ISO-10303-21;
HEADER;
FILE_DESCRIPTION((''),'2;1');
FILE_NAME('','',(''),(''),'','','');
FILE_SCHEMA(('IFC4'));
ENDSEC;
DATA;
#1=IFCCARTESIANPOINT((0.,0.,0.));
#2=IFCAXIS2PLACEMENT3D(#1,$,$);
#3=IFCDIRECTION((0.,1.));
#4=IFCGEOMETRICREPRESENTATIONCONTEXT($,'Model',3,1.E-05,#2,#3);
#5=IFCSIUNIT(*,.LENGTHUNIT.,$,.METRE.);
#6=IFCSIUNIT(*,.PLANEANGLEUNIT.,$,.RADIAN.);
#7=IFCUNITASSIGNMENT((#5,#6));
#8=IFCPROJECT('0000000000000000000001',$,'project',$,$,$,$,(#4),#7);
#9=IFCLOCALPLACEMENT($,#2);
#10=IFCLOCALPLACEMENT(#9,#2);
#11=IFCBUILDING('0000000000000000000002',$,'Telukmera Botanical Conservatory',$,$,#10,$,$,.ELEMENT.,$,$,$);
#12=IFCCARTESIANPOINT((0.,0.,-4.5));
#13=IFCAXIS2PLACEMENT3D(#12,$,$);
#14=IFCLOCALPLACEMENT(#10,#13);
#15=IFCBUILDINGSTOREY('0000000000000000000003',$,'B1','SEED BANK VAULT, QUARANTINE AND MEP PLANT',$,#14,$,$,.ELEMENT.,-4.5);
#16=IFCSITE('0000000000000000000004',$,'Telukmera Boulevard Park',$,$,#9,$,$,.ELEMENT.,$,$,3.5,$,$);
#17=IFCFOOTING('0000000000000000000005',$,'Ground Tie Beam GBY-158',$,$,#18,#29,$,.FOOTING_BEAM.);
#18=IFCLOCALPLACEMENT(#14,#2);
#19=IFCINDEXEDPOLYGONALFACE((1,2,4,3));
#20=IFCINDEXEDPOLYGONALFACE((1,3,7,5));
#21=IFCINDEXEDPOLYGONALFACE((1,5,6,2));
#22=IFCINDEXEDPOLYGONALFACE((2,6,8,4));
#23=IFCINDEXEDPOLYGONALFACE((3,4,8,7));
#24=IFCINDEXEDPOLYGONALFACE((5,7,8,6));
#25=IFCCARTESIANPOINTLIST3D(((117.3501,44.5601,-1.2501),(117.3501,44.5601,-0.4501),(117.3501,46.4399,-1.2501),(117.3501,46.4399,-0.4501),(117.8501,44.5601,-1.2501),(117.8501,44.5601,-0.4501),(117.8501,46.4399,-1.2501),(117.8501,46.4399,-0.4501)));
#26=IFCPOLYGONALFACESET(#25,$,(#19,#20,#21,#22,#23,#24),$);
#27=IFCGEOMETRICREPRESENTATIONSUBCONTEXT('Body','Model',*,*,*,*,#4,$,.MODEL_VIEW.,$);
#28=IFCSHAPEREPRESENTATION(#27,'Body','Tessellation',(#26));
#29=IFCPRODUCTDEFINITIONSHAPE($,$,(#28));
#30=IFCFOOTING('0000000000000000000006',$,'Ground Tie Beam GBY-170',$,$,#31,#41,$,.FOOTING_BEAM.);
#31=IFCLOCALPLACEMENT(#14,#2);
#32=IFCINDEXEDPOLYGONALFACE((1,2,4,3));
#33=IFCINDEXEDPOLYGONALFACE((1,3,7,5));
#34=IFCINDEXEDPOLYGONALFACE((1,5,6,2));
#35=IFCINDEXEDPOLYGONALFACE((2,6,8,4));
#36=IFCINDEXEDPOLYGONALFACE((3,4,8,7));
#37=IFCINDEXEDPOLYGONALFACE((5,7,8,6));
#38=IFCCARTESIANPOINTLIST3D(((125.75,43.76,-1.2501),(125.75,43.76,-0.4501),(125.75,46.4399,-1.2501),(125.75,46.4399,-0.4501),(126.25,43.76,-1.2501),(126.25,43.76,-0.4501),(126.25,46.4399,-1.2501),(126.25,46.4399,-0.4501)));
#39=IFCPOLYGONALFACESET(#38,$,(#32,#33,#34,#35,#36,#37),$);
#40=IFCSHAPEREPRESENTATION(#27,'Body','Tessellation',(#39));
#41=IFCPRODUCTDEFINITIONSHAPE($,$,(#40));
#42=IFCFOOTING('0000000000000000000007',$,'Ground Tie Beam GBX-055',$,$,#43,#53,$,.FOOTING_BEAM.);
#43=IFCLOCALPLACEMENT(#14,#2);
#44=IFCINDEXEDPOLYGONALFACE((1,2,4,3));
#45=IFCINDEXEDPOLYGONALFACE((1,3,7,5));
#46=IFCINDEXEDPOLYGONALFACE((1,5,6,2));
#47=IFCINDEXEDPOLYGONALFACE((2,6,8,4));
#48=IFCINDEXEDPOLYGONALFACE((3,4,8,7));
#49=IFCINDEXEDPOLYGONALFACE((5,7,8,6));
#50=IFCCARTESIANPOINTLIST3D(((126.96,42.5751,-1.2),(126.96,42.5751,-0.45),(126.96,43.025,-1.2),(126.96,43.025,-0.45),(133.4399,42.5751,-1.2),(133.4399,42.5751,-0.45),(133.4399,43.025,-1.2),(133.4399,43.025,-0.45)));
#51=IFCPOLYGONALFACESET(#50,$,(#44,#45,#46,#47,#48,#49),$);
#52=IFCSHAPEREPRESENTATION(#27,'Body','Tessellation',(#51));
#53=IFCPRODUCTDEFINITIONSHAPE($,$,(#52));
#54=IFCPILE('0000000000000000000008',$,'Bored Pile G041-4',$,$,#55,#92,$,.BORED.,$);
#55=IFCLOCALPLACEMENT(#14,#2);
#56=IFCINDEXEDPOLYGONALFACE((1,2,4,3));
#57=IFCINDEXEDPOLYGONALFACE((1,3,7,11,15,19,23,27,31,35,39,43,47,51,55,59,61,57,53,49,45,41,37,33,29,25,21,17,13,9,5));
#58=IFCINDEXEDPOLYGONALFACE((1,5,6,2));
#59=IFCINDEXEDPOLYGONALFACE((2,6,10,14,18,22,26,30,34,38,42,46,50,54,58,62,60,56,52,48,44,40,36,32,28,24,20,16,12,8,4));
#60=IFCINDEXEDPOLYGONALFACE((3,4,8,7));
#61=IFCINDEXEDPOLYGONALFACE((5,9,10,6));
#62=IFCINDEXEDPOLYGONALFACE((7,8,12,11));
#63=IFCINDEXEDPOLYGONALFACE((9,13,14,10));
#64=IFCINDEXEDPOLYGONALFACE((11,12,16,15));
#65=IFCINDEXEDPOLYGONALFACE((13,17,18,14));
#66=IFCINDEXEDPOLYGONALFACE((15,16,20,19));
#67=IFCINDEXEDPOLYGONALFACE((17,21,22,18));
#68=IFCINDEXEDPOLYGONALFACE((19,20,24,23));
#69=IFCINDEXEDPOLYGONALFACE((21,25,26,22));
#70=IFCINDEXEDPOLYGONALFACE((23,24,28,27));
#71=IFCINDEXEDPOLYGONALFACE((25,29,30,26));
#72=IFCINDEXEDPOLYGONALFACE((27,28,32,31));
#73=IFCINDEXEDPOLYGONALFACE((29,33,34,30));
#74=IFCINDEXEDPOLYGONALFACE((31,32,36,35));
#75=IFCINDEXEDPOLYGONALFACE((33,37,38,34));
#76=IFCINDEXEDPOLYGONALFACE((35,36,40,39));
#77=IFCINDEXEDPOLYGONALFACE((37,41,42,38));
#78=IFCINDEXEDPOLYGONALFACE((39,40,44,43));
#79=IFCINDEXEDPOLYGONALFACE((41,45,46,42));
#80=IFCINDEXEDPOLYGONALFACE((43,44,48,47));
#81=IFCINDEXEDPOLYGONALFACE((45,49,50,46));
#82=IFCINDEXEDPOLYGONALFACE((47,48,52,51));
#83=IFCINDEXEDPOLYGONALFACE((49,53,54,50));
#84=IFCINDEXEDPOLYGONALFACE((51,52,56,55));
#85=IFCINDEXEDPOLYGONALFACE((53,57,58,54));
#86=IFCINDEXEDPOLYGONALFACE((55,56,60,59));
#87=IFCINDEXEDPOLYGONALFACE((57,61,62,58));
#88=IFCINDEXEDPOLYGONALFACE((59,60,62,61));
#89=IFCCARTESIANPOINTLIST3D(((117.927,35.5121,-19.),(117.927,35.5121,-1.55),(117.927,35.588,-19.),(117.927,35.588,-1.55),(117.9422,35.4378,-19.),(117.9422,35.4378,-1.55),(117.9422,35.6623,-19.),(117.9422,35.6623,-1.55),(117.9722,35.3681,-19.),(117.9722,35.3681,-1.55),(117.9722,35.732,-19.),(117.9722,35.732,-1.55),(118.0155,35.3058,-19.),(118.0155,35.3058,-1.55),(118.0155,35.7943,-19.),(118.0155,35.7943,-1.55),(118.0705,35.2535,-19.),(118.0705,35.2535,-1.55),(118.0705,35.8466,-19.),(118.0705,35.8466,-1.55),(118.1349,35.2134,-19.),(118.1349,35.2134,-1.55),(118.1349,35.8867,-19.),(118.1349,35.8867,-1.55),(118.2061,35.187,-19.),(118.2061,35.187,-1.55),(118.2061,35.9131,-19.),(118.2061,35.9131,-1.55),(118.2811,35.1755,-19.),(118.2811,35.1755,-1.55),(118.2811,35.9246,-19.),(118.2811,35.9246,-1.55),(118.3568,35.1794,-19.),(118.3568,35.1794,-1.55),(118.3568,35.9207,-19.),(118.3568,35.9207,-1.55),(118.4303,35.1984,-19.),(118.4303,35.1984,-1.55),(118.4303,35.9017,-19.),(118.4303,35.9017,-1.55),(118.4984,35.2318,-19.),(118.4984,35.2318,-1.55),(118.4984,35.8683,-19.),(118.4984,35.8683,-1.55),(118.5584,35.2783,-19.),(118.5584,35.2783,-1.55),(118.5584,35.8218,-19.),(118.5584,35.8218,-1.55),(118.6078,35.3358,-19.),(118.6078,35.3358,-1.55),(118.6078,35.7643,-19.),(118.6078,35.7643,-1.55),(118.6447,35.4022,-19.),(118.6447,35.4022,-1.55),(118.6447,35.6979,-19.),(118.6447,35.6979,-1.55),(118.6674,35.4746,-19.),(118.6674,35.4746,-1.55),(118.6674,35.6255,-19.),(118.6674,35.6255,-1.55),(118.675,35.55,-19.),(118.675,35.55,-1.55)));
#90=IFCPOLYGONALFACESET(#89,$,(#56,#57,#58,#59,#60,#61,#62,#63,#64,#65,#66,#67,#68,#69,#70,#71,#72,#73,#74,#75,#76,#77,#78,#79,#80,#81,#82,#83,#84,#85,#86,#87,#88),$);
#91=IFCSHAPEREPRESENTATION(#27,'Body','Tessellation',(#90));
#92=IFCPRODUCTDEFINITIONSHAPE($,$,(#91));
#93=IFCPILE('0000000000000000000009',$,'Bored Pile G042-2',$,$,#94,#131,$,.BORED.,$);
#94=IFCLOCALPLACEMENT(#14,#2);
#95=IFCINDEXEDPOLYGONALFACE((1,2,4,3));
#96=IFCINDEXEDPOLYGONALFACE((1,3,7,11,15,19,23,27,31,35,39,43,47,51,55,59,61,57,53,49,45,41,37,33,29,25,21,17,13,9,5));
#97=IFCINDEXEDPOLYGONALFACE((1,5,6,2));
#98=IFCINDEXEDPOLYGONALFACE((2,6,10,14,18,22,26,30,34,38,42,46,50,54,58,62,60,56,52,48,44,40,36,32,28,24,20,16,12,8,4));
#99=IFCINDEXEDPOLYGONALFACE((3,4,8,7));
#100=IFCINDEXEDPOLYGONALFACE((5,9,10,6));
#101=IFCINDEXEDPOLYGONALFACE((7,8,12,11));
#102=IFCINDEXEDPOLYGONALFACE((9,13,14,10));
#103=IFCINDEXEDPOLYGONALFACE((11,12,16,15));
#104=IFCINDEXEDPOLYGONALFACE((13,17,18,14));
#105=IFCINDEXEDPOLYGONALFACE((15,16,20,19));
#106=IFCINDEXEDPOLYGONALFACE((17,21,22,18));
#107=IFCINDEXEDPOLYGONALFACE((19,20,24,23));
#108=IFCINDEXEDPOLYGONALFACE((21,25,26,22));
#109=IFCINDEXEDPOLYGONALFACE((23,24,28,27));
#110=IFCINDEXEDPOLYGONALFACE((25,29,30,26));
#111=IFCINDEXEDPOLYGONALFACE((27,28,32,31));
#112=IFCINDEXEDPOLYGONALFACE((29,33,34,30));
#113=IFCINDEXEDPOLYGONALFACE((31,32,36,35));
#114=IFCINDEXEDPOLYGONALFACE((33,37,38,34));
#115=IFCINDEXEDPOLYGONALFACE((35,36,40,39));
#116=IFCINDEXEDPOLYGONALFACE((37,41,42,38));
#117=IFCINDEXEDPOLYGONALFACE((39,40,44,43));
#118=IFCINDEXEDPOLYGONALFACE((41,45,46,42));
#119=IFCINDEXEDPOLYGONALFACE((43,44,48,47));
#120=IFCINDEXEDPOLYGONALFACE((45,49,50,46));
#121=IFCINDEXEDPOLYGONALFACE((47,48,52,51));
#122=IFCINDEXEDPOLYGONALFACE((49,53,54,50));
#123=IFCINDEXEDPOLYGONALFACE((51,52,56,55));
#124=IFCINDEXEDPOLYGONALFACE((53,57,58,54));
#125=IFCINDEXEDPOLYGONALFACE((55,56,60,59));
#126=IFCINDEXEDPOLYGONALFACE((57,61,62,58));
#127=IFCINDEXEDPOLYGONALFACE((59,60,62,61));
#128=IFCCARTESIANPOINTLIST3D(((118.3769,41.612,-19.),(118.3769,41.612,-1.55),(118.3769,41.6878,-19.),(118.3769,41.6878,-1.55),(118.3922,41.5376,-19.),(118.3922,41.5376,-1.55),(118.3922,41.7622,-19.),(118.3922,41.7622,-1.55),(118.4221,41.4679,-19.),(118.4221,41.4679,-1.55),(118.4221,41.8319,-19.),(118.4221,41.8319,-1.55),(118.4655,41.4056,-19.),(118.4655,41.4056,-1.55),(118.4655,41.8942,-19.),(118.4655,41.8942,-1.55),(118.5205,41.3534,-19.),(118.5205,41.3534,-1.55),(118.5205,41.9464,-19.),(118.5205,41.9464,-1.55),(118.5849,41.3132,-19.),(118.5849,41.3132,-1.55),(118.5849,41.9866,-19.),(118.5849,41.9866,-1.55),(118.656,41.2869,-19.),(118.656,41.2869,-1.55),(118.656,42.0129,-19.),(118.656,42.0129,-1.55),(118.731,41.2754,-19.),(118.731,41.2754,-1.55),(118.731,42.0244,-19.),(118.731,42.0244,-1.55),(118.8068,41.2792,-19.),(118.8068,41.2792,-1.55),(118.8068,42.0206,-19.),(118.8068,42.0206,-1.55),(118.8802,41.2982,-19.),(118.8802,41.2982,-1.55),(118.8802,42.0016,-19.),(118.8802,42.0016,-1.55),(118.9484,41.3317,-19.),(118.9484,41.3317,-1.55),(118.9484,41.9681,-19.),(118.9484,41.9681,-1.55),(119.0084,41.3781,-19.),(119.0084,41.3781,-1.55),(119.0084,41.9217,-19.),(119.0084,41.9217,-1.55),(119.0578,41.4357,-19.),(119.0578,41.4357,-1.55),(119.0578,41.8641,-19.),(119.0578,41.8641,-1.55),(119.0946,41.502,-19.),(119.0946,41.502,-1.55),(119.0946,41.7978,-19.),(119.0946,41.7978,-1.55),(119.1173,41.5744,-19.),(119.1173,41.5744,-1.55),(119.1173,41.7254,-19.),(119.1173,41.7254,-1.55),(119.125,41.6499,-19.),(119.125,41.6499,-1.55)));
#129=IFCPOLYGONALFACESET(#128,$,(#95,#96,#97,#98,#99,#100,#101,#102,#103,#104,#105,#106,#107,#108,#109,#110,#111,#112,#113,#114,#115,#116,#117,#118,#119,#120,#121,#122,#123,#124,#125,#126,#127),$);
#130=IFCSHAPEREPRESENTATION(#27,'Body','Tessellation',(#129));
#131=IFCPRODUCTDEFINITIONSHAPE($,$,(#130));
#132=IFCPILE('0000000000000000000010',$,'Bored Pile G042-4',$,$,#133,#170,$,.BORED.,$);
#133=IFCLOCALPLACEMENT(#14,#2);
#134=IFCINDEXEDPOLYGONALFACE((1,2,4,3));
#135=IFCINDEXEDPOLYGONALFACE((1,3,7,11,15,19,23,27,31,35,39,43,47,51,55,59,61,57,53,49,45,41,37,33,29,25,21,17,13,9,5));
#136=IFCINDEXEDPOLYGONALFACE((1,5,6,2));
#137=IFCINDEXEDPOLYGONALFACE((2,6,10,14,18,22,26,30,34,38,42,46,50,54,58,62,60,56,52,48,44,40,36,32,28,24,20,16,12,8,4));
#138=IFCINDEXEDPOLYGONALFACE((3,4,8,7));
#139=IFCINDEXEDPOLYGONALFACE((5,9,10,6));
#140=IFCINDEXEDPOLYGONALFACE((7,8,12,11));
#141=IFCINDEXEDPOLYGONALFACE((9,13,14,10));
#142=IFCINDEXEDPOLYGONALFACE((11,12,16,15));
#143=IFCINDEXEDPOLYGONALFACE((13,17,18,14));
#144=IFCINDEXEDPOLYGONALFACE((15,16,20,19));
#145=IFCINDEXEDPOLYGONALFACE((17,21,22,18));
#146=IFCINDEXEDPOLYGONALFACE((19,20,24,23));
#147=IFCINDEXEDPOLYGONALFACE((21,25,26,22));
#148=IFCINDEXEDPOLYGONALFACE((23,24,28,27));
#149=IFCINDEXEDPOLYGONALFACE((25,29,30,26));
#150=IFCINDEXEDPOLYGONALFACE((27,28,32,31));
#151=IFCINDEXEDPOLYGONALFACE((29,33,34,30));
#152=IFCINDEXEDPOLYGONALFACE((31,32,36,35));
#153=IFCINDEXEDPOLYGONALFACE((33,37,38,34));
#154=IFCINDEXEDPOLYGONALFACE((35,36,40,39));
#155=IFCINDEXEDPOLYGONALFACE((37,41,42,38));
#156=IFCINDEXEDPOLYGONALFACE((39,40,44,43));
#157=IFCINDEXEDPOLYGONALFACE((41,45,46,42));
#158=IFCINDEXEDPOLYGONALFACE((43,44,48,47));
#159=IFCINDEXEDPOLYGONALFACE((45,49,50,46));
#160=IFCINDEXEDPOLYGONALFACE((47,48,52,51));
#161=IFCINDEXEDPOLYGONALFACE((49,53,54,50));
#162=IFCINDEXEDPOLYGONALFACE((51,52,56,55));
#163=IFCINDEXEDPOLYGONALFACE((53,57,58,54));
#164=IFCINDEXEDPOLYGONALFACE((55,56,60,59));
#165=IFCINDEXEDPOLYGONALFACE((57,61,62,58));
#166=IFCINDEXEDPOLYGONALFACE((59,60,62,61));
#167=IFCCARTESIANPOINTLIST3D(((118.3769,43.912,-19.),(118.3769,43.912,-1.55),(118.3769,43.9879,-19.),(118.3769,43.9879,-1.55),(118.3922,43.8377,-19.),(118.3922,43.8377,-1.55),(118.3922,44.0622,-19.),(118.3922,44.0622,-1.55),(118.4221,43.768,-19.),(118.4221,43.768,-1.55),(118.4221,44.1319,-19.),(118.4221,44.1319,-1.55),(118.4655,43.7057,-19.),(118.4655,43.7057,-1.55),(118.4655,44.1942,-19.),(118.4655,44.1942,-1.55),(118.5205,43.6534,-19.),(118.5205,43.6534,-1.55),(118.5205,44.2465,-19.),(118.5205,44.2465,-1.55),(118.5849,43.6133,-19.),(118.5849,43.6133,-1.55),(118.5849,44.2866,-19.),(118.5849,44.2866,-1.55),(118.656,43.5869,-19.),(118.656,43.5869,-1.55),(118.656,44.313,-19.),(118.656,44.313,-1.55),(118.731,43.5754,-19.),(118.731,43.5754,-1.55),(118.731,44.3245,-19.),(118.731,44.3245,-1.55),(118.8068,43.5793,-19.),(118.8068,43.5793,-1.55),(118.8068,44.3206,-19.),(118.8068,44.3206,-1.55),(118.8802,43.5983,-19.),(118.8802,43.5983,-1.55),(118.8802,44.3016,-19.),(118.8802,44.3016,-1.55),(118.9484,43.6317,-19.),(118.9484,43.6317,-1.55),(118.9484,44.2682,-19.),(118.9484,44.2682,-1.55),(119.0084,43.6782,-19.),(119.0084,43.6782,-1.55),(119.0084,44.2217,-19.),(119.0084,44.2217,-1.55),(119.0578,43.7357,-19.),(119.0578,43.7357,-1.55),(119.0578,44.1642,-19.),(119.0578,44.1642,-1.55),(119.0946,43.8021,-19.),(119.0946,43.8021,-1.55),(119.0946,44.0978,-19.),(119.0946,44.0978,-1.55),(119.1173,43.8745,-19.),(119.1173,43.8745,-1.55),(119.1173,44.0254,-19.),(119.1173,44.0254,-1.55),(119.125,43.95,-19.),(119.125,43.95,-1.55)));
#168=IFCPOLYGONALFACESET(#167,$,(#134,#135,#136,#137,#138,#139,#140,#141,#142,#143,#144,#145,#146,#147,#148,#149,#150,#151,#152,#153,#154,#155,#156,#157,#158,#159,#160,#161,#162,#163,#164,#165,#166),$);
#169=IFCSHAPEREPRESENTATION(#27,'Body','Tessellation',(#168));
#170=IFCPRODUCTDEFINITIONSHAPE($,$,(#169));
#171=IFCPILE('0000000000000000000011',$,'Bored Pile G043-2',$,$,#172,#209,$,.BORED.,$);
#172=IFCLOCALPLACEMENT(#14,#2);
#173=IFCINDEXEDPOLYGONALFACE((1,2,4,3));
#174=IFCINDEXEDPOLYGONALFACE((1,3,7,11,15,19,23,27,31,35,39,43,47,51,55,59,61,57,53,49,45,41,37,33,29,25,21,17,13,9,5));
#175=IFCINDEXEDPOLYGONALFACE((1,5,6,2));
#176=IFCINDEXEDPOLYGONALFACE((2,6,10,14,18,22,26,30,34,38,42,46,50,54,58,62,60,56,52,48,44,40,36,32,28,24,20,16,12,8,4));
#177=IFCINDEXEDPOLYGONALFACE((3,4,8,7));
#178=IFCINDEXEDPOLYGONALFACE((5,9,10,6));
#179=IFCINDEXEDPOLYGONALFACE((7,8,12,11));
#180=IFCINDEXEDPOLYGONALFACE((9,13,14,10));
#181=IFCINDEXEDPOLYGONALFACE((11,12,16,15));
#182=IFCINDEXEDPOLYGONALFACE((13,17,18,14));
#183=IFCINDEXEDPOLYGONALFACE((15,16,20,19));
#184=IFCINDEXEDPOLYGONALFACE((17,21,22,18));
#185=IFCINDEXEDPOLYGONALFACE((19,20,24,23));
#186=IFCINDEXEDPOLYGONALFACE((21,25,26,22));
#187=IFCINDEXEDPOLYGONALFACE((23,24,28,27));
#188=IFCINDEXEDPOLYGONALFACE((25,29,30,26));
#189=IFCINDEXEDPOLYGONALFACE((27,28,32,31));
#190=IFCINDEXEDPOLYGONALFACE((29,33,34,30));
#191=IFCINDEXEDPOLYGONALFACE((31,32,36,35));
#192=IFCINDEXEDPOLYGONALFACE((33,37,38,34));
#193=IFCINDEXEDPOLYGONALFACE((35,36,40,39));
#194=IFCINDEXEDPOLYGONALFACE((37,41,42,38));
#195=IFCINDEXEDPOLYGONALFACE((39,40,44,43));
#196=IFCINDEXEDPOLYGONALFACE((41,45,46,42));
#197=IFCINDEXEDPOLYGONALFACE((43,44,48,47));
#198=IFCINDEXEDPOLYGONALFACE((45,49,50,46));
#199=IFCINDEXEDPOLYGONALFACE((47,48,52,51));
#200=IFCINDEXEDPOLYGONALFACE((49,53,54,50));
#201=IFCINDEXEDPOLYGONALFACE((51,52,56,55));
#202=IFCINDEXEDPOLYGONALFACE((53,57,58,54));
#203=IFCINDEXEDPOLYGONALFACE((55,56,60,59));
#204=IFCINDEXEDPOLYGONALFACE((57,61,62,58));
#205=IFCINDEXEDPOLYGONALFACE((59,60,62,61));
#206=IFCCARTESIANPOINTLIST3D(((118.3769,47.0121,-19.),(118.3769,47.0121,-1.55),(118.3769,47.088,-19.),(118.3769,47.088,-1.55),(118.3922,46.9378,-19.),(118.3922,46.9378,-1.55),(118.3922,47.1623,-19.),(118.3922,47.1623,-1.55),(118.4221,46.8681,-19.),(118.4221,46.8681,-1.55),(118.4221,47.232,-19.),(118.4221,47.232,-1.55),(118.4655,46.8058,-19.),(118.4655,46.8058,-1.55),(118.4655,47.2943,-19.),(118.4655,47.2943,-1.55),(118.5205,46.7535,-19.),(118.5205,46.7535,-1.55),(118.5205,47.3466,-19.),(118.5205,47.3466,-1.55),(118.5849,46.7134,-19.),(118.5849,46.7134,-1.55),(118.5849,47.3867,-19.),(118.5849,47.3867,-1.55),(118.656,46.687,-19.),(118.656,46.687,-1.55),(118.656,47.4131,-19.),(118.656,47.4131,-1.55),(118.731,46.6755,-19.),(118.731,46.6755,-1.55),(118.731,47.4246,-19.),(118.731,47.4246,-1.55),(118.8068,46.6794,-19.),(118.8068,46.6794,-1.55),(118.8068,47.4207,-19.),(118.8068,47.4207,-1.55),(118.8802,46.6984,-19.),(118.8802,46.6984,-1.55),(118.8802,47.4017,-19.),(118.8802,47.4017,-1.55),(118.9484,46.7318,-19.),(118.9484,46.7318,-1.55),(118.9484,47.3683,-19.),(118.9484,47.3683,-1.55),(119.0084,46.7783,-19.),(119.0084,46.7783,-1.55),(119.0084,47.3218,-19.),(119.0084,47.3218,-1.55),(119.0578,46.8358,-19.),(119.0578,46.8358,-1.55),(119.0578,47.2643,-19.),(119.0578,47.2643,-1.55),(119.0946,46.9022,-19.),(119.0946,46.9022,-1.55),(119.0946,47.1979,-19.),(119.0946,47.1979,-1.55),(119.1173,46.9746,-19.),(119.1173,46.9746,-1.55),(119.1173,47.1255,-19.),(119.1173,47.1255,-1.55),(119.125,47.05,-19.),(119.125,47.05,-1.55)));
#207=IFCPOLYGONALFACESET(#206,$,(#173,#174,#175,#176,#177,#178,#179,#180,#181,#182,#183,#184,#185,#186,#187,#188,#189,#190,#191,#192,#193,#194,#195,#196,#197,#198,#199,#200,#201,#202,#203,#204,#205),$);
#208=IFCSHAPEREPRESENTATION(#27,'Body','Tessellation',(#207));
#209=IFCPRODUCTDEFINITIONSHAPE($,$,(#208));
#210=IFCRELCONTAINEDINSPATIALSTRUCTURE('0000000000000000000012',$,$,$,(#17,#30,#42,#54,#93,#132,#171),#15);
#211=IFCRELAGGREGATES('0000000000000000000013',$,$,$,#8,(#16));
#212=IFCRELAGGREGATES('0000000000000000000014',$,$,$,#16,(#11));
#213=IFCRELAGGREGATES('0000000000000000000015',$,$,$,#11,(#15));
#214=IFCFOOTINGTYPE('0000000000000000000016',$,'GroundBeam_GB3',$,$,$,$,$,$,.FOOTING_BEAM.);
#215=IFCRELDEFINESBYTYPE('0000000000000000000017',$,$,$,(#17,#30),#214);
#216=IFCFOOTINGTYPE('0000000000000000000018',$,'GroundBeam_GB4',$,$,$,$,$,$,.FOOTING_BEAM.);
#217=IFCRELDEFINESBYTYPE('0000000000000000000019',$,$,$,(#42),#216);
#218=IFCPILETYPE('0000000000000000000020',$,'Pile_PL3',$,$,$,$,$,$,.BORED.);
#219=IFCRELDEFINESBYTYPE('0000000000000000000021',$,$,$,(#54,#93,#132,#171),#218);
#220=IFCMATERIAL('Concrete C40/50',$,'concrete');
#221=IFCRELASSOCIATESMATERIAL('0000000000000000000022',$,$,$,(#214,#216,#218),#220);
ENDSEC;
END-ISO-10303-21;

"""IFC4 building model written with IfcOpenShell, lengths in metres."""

from ifc_helpers import new_model, si_unit, direction, frame, origin, origin_2d, place, context, subcontext, project, spatial, rectangle, circle, extrude, material, material_profile, profile_set, type_object, element, save


model = new_model("IFC4")

# Units and contexts
model_context = context("Model", 3, precision=1e-05, world=origin(), true_north=direction((0.0, 1.0)))
body_context = subcontext(model_context, "Body", "Model", "MODEL_VIEW")
ifc_project = project(units=[si_unit("LENGTHUNIT", "METRE"), si_unit("PLANEANGLEUNIT", "RADIAN")], contexts=[model_context])

# Site, building, storey
site_placement = place(None, origin())
site = spatial("IfcSite", under=ifc_project, at=site_placement, Name="Telukmera Boulevard Park", CompositionType="ELEMENT", RefElevation=3.5)
building_placement = place(site_placement, origin())
building = spatial("IfcBuilding", under=site, at=building_placement, Name="Telukmera Botanical Conservatory", CompositionType="ELEMENT")
storey_placement = place(building_placement, frame((0.0, 0.0, -4.5)))
storey = spatial("IfcBuildingStorey", under=building, at=storey_placement, Name="B1", Description="SEED BANK VAULT, QUARANTINE AND MEP PLANT", CompositionType="ELEMENT", Elevation=-4.5)

# Footings
ifc_material_1 = material(Name="Concrete C40/50", Category="concrete")
ifc_material_profile_1 = material_profile(ifc_material_1, rectangle(XDim=0.5, YDim=0.8, at=origin_2d()), Name="RC 500x800")
ifc_profile_set_1 = profile_set([ifc_material_profile_1], Name="Concrete C40/50")
footing_type_1 = type_object("IfcFootingType", Name="GroundBeam_GB3", PredefinedType="FOOTING_BEAM", material=ifc_profile_set_1)
footing_1_placement = place(storey_placement, frame((117.6001, 44.5601, -0.8501), z_axis=(0.0, 1.0, 0.0), x_axis=(-1.0, 0.0, 0.0)))
element("IfcFooting", 1, at=footing_1_placement, inside=storey, type_object=footing_type_1, Name="Ground Tie Beam GBY-158", PredefinedType="FOOTING_BEAM", context=body_context, shape_type="SweptSolid", body=[
    extrude(rectangle(XDim=0.5, YDim=0.8, at=origin_2d()), origin(), (0.0, 0.0, 1.0), 1.8799),
])
footing_2_placement = place(storey_placement, frame((126.0, 43.76, -0.8501), z_axis=(0.0, 1.0, 0.0), x_axis=(-1.0, 0.0, 0.0)))
element("IfcFooting", 2, at=footing_2_placement, inside=storey, type_object=footing_type_1, Name="Ground Tie Beam GBY-170", PredefinedType="FOOTING_BEAM", context=body_context, shape_type="SweptSolid", body=[
    extrude(rectangle(XDim=0.5, YDim=0.8, at=origin_2d()), origin(), (0.0, 0.0, 1.0), 2.6799),
])
ifc_material_profile_2 = material_profile(ifc_material_1, rectangle(XDim=0.45, YDim=0.75, at=origin_2d()), Name="RC 450x750")
ifc_profile_set_2 = profile_set([ifc_material_profile_2], Name="Concrete C40/50")
footing_type_2 = type_object("IfcFootingType", Name="GroundBeam_GB4", PredefinedType="FOOTING_BEAM", material=ifc_profile_set_2)
footing_3_placement = place(storey_placement, frame((126.96, 42.8, -0.825), z_axis=(1.0, 0.0, 0.0), x_axis=(0.0, 1.0, 0.0)))
element("IfcFooting", 3, at=footing_3_placement, inside=storey, type_object=footing_type_2, Name="Ground Tie Beam GBX-055", PredefinedType="FOOTING_BEAM", context=body_context, shape_type="SweptSolid", body=[
    extrude(rectangle(XDim=0.45, YDim=0.75, at=origin_2d()), origin(), (0.0, 0.0, 1.0), 6.48),
])

# Piles
ifc_material_profile_3 = material_profile(ifc_material_1, circle(Radius=0.375, at=origin_2d()), Name="PILE D750")
ifc_profile_set_3 = profile_set([ifc_material_profile_3], Name="Concrete C40/50")
pile_type = type_object("IfcPileType", Name="Pile_PL3", PredefinedType="BORED", material=ifc_profile_set_3)
for number, where, z_axis, x_axis, name in (
    (4, (118.3, 35.55, -1.55), (0.0, 0.0, -1.0), (1.0, 0.0, 0.0), "Bored Pile G041-4"),
    (5, (118.75, 41.6499, -1.55), (0.0, 0.0, -1.0), (1.0, 0.0, 0.0), "Bored Pile G042-2"),
    (6, (118.75, 43.95, -1.55), (0.0, 0.0, -1.0), (1.0, 0.0, 0.0), "Bored Pile G042-4"),
    (7, (118.75, 47.05, -1.55), (0.0, 0.0, -1.0), (1.0, 0.0, 0.0), "Bored Pile G043-2"),
):
    element("IfcPile", number, at=place(storey_placement, frame(where, z_axis=z_axis, x_axis=x_axis)), inside=storey, type_object=pile_type, Name=name, PredefinedType="BORED", context=body_context, shape_type="SweptSolid", body=[
        extrude(circle(Radius=0.375, at=origin_2d()), origin(), (0.0, 0.0, 1.0), 17.45),
    ])

save(model, "model.ifc")
